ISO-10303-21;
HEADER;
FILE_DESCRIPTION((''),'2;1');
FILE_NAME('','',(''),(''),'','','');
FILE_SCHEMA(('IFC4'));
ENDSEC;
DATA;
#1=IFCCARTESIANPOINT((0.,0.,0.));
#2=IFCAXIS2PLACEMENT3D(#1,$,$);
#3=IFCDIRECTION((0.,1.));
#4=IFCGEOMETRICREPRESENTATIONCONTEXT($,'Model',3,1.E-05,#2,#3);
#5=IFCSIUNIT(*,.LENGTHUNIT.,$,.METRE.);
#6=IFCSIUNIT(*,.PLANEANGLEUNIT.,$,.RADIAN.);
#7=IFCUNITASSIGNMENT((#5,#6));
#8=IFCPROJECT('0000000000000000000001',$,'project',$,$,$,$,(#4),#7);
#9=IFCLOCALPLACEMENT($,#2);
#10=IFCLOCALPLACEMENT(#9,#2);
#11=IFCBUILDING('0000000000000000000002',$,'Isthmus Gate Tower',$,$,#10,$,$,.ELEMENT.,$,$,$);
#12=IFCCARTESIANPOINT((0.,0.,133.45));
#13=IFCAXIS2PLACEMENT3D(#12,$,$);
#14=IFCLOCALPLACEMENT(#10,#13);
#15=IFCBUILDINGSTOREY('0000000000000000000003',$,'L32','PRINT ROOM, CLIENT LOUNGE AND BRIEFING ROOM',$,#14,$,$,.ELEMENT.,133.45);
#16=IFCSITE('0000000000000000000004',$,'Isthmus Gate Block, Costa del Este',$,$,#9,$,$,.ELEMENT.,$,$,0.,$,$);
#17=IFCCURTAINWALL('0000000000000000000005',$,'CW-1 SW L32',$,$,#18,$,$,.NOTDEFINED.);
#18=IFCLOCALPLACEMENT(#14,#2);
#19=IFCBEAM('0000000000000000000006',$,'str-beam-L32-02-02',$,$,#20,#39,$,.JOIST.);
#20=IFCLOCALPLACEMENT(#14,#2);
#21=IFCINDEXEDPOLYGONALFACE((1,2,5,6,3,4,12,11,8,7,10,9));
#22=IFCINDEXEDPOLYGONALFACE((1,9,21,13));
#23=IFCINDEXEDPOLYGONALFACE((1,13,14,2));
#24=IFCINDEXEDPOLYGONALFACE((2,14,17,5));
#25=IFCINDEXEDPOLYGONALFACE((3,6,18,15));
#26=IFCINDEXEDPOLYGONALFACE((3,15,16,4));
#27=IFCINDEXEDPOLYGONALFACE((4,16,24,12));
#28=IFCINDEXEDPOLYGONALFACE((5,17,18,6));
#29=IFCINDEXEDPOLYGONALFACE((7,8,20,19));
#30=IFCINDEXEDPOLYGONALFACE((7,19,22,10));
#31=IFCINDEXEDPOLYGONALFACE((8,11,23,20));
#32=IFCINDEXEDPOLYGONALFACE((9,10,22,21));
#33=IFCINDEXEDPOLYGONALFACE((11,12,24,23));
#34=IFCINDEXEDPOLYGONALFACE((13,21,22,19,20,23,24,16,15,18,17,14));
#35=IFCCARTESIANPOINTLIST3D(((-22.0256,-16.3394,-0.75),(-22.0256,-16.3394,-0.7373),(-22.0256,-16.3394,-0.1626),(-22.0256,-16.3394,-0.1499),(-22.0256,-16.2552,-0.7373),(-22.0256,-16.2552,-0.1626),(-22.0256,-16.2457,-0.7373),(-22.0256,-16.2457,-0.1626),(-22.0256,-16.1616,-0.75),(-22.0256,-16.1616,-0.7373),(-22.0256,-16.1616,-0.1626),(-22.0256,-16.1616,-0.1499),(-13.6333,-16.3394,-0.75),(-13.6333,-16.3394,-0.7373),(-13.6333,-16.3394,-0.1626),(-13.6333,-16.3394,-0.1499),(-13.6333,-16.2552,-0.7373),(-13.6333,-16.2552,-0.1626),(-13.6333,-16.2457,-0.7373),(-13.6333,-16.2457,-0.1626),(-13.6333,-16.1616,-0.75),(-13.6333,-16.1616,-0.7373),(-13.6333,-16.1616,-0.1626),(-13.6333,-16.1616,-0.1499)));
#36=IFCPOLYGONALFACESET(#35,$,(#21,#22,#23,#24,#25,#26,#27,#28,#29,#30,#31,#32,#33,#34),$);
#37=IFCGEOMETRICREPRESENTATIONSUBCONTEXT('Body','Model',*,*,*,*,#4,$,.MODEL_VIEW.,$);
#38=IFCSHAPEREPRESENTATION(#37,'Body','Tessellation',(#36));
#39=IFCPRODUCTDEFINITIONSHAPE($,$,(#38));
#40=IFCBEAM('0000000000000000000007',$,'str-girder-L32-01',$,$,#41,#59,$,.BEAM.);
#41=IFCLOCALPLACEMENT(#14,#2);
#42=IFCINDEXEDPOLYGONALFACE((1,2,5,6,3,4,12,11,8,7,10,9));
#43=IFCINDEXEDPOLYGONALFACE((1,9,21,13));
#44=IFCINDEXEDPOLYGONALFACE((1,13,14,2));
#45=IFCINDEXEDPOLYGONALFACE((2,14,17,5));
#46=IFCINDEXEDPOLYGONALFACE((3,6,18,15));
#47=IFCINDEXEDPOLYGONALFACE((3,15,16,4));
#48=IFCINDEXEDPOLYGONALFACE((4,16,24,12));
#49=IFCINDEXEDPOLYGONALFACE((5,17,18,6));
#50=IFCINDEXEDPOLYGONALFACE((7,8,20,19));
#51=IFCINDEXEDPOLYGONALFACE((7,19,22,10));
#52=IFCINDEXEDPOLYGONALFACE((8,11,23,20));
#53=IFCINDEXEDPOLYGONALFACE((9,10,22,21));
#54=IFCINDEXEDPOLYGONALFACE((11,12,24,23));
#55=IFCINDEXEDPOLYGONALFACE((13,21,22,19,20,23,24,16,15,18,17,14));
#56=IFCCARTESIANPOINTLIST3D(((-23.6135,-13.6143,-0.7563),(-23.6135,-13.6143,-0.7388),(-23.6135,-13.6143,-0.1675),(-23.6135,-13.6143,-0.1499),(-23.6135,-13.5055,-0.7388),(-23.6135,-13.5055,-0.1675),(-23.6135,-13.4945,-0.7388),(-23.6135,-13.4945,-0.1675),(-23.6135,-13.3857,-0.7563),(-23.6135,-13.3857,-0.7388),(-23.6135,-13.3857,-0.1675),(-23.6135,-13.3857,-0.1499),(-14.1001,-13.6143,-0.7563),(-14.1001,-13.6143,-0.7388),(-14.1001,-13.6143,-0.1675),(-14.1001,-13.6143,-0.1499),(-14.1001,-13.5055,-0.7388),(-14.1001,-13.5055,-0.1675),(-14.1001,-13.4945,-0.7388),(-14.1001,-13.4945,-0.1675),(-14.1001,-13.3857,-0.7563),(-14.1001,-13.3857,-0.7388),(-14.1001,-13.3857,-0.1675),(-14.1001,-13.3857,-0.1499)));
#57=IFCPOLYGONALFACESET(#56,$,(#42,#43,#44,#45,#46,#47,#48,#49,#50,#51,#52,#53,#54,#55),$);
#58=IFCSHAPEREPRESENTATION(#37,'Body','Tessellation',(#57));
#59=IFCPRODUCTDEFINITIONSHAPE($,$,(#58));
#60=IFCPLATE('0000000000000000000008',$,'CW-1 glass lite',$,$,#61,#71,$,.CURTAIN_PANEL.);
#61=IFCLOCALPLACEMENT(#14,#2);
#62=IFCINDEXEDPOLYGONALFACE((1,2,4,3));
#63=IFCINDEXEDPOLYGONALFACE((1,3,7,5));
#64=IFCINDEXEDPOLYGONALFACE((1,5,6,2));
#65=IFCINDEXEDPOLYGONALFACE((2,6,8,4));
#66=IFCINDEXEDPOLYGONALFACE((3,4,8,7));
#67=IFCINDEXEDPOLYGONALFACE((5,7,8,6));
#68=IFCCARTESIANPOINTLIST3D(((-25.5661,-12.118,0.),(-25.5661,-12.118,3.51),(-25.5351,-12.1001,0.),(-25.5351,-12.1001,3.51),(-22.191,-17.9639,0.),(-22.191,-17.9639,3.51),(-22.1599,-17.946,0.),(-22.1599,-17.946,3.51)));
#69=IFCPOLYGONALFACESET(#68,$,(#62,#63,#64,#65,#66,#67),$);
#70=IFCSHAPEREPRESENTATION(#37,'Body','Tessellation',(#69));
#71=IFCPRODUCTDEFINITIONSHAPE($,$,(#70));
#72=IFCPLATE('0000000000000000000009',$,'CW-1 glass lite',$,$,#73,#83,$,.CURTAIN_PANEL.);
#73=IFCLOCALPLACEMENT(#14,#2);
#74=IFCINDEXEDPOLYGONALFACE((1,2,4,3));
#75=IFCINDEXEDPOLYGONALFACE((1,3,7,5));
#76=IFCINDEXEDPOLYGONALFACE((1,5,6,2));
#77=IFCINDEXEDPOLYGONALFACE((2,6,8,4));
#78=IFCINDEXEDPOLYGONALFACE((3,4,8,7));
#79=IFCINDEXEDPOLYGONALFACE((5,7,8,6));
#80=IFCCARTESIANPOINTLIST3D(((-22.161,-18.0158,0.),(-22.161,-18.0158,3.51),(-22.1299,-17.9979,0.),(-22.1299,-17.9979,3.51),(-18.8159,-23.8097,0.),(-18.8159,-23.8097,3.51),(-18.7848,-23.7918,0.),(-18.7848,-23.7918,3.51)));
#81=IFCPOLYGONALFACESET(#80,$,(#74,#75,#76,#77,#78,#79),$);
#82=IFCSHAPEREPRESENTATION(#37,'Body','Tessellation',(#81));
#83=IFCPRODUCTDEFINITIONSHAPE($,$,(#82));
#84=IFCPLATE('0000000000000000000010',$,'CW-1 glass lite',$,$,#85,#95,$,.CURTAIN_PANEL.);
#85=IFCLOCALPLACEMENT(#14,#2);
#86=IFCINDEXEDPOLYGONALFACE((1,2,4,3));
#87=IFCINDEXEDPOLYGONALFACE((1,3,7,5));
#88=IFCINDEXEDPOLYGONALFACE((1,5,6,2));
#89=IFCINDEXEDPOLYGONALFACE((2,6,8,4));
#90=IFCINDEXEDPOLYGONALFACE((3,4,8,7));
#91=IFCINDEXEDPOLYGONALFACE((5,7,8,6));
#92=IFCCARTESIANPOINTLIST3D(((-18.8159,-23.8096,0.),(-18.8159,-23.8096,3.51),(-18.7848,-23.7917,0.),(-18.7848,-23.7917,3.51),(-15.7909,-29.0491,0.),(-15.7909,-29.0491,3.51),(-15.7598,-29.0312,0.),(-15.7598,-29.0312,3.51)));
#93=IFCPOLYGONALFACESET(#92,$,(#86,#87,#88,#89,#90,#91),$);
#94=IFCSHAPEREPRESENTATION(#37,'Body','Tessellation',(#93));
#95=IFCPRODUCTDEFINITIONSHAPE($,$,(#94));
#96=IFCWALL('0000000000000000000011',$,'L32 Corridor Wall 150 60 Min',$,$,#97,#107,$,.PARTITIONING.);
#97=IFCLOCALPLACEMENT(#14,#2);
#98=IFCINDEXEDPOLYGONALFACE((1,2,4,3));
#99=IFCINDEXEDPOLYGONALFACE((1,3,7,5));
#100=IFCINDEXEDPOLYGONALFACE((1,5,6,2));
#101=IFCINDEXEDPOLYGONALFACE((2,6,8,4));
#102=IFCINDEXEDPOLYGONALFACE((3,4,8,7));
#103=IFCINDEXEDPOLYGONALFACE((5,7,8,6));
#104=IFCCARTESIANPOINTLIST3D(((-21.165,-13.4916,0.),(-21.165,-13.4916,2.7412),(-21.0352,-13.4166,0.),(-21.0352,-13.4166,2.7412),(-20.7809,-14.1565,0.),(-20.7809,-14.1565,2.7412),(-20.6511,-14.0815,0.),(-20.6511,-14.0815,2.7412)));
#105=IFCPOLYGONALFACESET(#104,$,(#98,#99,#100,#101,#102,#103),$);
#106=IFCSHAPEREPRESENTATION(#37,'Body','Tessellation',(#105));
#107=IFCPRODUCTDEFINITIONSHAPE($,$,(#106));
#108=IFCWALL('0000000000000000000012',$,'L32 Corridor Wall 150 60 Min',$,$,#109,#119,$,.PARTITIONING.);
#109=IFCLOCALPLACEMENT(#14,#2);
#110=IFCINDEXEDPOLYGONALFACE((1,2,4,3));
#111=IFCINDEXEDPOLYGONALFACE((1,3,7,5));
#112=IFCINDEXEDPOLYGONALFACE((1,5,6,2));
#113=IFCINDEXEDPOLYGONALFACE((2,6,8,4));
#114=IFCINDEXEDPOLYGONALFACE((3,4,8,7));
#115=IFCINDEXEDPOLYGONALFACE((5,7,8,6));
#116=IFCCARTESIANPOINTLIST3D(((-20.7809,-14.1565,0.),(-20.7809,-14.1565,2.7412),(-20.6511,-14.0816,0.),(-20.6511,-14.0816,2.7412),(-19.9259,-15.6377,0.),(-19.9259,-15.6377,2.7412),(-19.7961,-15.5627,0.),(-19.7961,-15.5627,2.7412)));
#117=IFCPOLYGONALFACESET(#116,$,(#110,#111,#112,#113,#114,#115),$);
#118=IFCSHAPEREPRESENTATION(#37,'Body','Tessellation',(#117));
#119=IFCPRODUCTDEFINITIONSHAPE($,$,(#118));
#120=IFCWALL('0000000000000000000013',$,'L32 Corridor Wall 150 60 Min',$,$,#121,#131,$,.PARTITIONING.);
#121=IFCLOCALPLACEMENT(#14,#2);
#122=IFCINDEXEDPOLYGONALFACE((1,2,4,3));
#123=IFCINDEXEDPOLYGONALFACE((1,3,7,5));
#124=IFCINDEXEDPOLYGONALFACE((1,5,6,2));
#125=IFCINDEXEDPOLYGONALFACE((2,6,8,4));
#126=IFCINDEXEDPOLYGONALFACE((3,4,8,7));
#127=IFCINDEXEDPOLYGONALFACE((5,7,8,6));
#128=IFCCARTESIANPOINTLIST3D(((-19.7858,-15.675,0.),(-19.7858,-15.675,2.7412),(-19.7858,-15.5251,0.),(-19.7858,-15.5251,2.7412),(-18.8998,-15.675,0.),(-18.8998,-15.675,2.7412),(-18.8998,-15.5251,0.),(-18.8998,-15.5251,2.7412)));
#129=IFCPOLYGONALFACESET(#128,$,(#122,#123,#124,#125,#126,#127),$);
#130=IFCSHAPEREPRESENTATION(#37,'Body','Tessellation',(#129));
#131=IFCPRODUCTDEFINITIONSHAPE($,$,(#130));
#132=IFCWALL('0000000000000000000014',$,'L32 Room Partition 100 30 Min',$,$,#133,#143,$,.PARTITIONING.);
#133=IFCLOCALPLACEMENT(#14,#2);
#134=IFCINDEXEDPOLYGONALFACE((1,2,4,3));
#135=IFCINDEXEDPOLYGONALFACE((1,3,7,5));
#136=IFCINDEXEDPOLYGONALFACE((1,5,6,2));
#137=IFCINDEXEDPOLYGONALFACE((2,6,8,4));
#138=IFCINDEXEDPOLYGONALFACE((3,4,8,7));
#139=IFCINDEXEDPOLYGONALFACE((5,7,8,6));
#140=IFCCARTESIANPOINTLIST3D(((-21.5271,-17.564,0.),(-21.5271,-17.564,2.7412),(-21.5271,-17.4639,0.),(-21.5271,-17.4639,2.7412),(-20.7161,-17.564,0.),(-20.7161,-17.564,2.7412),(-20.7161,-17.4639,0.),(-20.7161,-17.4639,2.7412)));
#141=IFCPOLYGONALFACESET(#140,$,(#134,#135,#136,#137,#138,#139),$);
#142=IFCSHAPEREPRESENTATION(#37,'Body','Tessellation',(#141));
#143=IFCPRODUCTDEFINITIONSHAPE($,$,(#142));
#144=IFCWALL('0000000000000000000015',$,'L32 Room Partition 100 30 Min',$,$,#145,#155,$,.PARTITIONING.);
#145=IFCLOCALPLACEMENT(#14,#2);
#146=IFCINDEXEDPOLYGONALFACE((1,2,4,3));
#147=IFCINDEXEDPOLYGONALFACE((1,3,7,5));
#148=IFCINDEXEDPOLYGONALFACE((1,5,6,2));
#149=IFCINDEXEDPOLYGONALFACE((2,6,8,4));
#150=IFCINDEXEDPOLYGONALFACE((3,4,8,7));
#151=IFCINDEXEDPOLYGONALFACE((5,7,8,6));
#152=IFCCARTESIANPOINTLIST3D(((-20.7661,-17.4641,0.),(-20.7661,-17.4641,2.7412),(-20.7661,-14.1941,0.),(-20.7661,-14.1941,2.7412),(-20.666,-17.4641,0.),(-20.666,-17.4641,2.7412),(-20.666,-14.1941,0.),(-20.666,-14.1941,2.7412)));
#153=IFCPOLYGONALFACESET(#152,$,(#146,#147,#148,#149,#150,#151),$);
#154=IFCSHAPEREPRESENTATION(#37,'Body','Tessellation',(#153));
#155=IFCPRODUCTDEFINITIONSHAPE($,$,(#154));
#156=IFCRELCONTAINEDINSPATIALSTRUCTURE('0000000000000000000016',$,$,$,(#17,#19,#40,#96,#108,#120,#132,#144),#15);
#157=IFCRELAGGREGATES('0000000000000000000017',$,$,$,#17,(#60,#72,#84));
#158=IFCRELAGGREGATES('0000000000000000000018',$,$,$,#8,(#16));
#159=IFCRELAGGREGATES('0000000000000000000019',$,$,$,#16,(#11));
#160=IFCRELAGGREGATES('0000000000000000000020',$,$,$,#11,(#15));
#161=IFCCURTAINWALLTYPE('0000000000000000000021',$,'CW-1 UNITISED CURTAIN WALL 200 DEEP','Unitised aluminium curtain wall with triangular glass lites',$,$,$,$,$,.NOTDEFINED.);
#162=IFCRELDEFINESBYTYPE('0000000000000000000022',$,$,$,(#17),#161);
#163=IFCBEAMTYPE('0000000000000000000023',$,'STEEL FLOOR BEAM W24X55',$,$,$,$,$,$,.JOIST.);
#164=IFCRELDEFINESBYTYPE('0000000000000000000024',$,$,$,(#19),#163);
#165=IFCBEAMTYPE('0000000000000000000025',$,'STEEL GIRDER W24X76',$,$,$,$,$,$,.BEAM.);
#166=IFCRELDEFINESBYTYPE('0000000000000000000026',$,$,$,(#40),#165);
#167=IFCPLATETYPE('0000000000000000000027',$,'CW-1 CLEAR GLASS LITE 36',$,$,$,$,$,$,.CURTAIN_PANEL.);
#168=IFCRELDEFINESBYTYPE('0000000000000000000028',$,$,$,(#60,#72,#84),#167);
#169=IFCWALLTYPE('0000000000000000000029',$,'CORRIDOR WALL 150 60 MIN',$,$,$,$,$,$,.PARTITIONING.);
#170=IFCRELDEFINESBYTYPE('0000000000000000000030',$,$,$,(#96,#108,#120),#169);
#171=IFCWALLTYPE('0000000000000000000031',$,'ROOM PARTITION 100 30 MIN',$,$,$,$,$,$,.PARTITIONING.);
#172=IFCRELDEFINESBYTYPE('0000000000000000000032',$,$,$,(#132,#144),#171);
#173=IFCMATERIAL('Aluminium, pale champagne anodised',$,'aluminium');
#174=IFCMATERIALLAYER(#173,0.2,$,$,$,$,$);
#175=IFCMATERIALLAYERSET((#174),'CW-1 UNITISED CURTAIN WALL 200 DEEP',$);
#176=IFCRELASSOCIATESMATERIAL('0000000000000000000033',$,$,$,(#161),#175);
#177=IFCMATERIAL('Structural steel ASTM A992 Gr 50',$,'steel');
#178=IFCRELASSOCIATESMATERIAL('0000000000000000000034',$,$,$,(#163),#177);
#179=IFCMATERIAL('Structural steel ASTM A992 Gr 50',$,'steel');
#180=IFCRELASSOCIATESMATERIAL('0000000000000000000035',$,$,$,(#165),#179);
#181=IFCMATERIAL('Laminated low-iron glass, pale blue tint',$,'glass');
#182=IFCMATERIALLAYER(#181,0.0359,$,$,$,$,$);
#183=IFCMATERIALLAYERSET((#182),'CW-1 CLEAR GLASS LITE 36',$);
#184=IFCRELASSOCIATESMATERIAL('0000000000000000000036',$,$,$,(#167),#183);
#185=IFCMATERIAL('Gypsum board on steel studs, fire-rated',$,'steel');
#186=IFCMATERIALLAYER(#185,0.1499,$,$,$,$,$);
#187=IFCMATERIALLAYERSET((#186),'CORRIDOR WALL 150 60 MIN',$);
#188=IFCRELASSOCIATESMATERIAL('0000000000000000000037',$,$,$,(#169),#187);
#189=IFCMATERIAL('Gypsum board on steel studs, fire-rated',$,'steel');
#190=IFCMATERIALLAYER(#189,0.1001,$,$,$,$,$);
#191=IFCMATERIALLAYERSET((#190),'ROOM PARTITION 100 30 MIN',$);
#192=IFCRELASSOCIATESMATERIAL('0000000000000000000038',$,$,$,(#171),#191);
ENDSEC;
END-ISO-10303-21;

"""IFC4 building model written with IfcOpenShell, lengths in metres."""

from ifc_helpers import new_model, si_unit, direction, frame, frame_2d, origin, origin_2d, place, context, subcontext, project, spatial, rectangle, i_section, extrude, material, layer, layer_set, material_profile, profile_set, type_object, element, aggregate, save


model = new_model("IFC4")

# Units and contexts
model_context = context("Model", 3, precision=1e-05, world=origin(), true_north=direction((0.0, 1.0)))
body_context = subcontext(model_context, "Body", "Model", "MODEL_VIEW")
ifc_project = project(units=[si_unit("LENGTHUNIT", "METRE"), si_unit("PLANEANGLEUNIT", "RADIAN")], contexts=[model_context])

# Site, building, storey
site_placement = place(None, origin())
site = spatial("IfcSite", under=ifc_project, at=site_placement, Name="Isthmus Gate Block, Costa del Este", CompositionType="ELEMENT", RefElevation=0.0)
building_placement = place(site_placement, origin())
building = spatial("IfcBuilding", under=site, at=building_placement, Name="Isthmus Gate Tower", CompositionType="ELEMENT")
storey_placement = place(building_placement, frame((0.0, 0.0, 133.45)))
storey = spatial("IfcBuildingStorey", under=building, at=storey_placement, Name="L32", Description="PRINT ROOM, CLIENT LOUNGE AND BRIEFING ROOM", CompositionType="ELEMENT", Elevation=133.45)

# Curtain wall
ifc_material_1 = material(Name="Aluminium, pale champagne anodised", Category="aluminium")
ifc_layer_1 = layer(ifc_material_1, 0.2)
ifc_layer_set_1 = layer_set([ifc_layer_1], Name="CW-1 UNITISED CURTAIN WALL 200 DEEP")
curtain_wall_type = type_object("IfcCurtainWallType", Name="CW-1 UNITISED CURTAIN WALL 200 DEEP", Description="Unitised aluminium curtain wall with triangular glass lites", PredefinedType="NOTDEFINED", material=ifc_layer_set_1)
curtain_wall_1_placement = place(storey_placement, origin())
curtain_wall_1 = element("IfcCurtainWall", 1, at=curtain_wall_1_placement, inside=storey, type_object=curtain_wall_type, Name="CW-1 SW L32", PredefinedType="NOTDEFINED")

# Beams
ifc_material_2 = material(Name="Structural steel ASTM A992 Gr 50", Category="steel")
ifc_material_profile_1 = material_profile(ifc_material_2, i_section(OverallWidth=0.1777, OverallDepth=0.6001, WebThickness=0.0095, FlangeThickness=0.0127, at=origin_2d()), Name="W24X55")
ifc_profile_set_1 = profile_set([ifc_material_profile_1], Name="Structural steel ASTM A992 Gr 50")
beam_type_1 = type_object("IfcBeamType", Name="STEEL FLOOR BEAM W24X55", PredefinedType="JOIST", material=ifc_profile_set_1)
beam_1_placement = place(storey_placement, frame((-22.0256, -16.2505, -0.45), z_axis=(1.0, 0.0, 0.0), x_axis=(0.0, 1.0, 0.0)))
element("IfcBeam", 2, at=beam_1_placement, inside=storey, type_object=beam_type_1, Name="str-beam-L32-02-02", PredefinedType="JOIST", context=body_context, shape_type="SweptSolid", body=[
    extrude(i_section(OverallWidth=0.1777, OverallDepth=0.6001, WebThickness=0.0095, FlangeThickness=0.0127, at=origin_2d()), origin(), (0.0, 0.0, 1.0), 8.3923),
])
ifc_material_3 = material(Name="Structural steel ASTM A992 Gr 50", Category="steel")
ifc_material_profile_2 = material_profile(ifc_material_3, i_section(OverallWidth=0.2285, OverallDepth=0.6064, WebThickness=0.011, FlangeThickness=0.0176, at=origin_2d()), Name="W24X76")
ifc_profile_set_2 = profile_set([ifc_material_profile_2], Name="Structural steel ASTM A992 Gr 50")
beam_type_2 = type_object("IfcBeamType", Name="STEEL GIRDER W24X76", PredefinedType="BEAM", material=ifc_profile_set_2)
beam_2_placement = place(storey_placement, frame((-23.6135, -13.5, -0.4531), z_axis=(1.0, 0.0, 0.0), x_axis=(0.0, 1.0, 0.0)))
element("IfcBeam", 3, at=beam_2_placement, inside=storey, type_object=beam_type_2, Name="str-girder-L32-01", PredefinedType="BEAM", context=body_context, shape_type="SweptSolid", body=[
    extrude(i_section(OverallWidth=0.2285, OverallDepth=0.6064, WebThickness=0.011, FlangeThickness=0.0176, at=origin_2d()), origin(), (0.0, 0.0, 1.0), 9.5134),
])

# Plates
ifc_material_4 = material(Name="Laminated low-iron glass, pale blue tint", Category="glass")
ifc_layer_2 = layer(ifc_material_4, 0.0359)
ifc_layer_set_2 = layer_set([ifc_layer_2], Name="CW-1 CLEAR GLASS LITE 36")
plate_type = type_object("IfcPlateType", Name="CW-1 CLEAR GLASS LITE 36", PredefinedType="CURTAIN_PANEL", material=ifc_layer_set_2)
plate_1_placement = place(storey_placement, frame((-23.863, -15.032, 0.0), z_axis=(0.0, 0.0, 1.0), x_axis=(0.5, -0.866025, 0.0)))
plate_1 = element("IfcPlate", 4, at=plate_1_placement, type_object=plate_type, Name="CW-1 glass lite", PredefinedType="CURTAIN_PANEL", context=body_context, shape_type="SweptSolid", body=[
    extrude(rectangle(XDim=6.7502, YDim=0.0359, at=origin_2d()), origin(), (0.0, 0.0, 1.0), 3.51),
])
plate_2_placement = place(storey_placement, frame((-20.4729, -20.9038, 0.0), z_axis=(0.0, 0.0, 1.0), x_axis=(0.5, -0.866025, 0.0)))
plate_2 = element("IfcPlate", 5, at=plate_2_placement, type_object=plate_type, Name="CW-1 glass lite", PredefinedType="CURTAIN_PANEL", context=body_context, shape_type="SweptSolid", body=[
    extrude(rectangle(XDim=6.6902, YDim=0.0359, at=origin_2d()), origin(), (0.0, 0.0, 1.0), 3.51),
])
plate_3_placement = place(storey_placement, frame((-17.2878, -26.4204, 0.0), z_axis=(0.0, 0.0, 1.0), x_axis=(0.5, -0.866025, 0.0)))
plate_3 = element("IfcPlate", 6, at=plate_3_placement, type_object=plate_type, Name="CW-1 glass lite", PredefinedType="CURTAIN_PANEL", context=body_context, shape_type="SweptSolid", body=[
    extrude(rectangle(XDim=6.05, YDim=0.0359, at=origin_2d()), origin(), (0.0, 0.0, 1.0), 3.51),
])
aggregate(curtain_wall_1, [plate_1, plate_2, plate_3])

# Walls
ifc_material_5 = material(Name="Gypsum board on steel studs, fire-rated", Category="steel")
ifc_layer_3 = layer(ifc_material_5, 0.1499)
ifc_layer_set_3 = layer_set([ifc_layer_3], Name="CORRIDOR WALL 150 60 MIN")
wall_type_1 = type_object("IfcWallType", Name="CORRIDOR WALL 150 60 MIN", PredefinedType="PARTITIONING", material=ifc_layer_set_3)
wall_1_placement = place(storey_placement, frame((-20.7161, -14.1189, 0.0), z_axis=(0.0, 0.0, 1.0), x_axis=(-0.500209, 0.865905, 0.0)))
element("IfcWall", 7, at=wall_1_placement, inside=storey, type_object=wall_type_1, Name="L32 Corridor Wall 150 60 Min", PredefinedType="PARTITIONING", context=body_context, shape_type="SweptSolid", body=[
    extrude(rectangle(XDim=0.7678, YDim=0.1499, at=frame_2d((0.3838, 0.0))), origin(), (0.0, 0.0, 1.0), 2.7412),
])
wall_2_placement = place(storey_placement, frame((-19.8611, -15.6001, 0.0), z_axis=(0.0, 0.0, 1.0), x_axis=(-0.499916, 0.866074, 0.0)))
element("IfcWall", 8, at=wall_2_placement, inside=storey, type_object=wall_type_1, Name="L32 Corridor Wall 150 60 Min", PredefinedType="PARTITIONING", context=body_context, shape_type="SweptSolid", body=[
    extrude(rectangle(XDim=1.7102, YDim=0.1499, at=frame_2d((0.855, 0.0))), origin(), (0.0, 0.0, 1.0), 2.7412),
])
wall_3_placement = place(storey_placement, frame((-18.8999, -15.6001, 0.0), z_axis=(0.0, 0.0, 1.0), x_axis=(-1.0, 0.0, 0.0)))
element("IfcWall", 9, at=wall_3_placement, inside=storey, type_object=wall_type_1, Name="L32 Corridor Wall 150 60 Min", PredefinedType="PARTITIONING", context=body_context, shape_type="SweptSolid", body=[
    extrude(rectangle(XDim=0.886, YDim=0.1499, at=frame_2d((0.4429, 0.0))), origin(), (0.0, 0.0, 1.0), 2.7412),
])
ifc_material_6 = material(Name="Gypsum board on steel studs, fire-rated", Category="steel")
ifc_layer_4 = layer(ifc_material_6, 0.1001)
ifc_layer_set_4 = layer_set([ifc_layer_4], Name="ROOM PARTITION 100 30 MIN")
wall_type_2 = type_object("IfcWallType", Name="ROOM PARTITION 100 30 MIN", PredefinedType="PARTITIONING", material=ifc_layer_set_4)
wall_4_placement = place(storey_placement, frame((-21.5271, -17.5139, 0.0), z_axis=(0.0, 0.0, 1.0), x_axis=(1.0, 0.0, 0.0)))
element("IfcWall", 10, at=wall_4_placement, inside=storey, type_object=wall_type_2, Name="L32 Room Partition 100 30 Min", PredefinedType="PARTITIONING", context=body_context, shape_type="SweptSolid", body=[
    extrude(rectangle(XDim=0.811, YDim=0.1001, at=frame_2d((0.4055, 0.0))), origin(), (0.0, 0.0, 1.0), 2.7412),
])
wall_5_placement = place(storey_placement, frame((-20.7161, -17.4641, 0.0), z_axis=(0.0, 0.0, 1.0), x_axis=(0.0, 1.0, 0.0)))
element("IfcWall", 11, at=wall_5_placement, inside=storey, type_object=wall_type_2, Name="L32 Room Partition 100 30 Min", PredefinedType="PARTITIONING", context=body_context, shape_type="SweptSolid", body=[
    extrude(rectangle(XDim=3.27, YDim=0.1001, at=frame_2d((1.635, 0.0))), origin(), (0.0, 0.0, 1.0), 2.7412),
])

save(model, "model.ifc")
